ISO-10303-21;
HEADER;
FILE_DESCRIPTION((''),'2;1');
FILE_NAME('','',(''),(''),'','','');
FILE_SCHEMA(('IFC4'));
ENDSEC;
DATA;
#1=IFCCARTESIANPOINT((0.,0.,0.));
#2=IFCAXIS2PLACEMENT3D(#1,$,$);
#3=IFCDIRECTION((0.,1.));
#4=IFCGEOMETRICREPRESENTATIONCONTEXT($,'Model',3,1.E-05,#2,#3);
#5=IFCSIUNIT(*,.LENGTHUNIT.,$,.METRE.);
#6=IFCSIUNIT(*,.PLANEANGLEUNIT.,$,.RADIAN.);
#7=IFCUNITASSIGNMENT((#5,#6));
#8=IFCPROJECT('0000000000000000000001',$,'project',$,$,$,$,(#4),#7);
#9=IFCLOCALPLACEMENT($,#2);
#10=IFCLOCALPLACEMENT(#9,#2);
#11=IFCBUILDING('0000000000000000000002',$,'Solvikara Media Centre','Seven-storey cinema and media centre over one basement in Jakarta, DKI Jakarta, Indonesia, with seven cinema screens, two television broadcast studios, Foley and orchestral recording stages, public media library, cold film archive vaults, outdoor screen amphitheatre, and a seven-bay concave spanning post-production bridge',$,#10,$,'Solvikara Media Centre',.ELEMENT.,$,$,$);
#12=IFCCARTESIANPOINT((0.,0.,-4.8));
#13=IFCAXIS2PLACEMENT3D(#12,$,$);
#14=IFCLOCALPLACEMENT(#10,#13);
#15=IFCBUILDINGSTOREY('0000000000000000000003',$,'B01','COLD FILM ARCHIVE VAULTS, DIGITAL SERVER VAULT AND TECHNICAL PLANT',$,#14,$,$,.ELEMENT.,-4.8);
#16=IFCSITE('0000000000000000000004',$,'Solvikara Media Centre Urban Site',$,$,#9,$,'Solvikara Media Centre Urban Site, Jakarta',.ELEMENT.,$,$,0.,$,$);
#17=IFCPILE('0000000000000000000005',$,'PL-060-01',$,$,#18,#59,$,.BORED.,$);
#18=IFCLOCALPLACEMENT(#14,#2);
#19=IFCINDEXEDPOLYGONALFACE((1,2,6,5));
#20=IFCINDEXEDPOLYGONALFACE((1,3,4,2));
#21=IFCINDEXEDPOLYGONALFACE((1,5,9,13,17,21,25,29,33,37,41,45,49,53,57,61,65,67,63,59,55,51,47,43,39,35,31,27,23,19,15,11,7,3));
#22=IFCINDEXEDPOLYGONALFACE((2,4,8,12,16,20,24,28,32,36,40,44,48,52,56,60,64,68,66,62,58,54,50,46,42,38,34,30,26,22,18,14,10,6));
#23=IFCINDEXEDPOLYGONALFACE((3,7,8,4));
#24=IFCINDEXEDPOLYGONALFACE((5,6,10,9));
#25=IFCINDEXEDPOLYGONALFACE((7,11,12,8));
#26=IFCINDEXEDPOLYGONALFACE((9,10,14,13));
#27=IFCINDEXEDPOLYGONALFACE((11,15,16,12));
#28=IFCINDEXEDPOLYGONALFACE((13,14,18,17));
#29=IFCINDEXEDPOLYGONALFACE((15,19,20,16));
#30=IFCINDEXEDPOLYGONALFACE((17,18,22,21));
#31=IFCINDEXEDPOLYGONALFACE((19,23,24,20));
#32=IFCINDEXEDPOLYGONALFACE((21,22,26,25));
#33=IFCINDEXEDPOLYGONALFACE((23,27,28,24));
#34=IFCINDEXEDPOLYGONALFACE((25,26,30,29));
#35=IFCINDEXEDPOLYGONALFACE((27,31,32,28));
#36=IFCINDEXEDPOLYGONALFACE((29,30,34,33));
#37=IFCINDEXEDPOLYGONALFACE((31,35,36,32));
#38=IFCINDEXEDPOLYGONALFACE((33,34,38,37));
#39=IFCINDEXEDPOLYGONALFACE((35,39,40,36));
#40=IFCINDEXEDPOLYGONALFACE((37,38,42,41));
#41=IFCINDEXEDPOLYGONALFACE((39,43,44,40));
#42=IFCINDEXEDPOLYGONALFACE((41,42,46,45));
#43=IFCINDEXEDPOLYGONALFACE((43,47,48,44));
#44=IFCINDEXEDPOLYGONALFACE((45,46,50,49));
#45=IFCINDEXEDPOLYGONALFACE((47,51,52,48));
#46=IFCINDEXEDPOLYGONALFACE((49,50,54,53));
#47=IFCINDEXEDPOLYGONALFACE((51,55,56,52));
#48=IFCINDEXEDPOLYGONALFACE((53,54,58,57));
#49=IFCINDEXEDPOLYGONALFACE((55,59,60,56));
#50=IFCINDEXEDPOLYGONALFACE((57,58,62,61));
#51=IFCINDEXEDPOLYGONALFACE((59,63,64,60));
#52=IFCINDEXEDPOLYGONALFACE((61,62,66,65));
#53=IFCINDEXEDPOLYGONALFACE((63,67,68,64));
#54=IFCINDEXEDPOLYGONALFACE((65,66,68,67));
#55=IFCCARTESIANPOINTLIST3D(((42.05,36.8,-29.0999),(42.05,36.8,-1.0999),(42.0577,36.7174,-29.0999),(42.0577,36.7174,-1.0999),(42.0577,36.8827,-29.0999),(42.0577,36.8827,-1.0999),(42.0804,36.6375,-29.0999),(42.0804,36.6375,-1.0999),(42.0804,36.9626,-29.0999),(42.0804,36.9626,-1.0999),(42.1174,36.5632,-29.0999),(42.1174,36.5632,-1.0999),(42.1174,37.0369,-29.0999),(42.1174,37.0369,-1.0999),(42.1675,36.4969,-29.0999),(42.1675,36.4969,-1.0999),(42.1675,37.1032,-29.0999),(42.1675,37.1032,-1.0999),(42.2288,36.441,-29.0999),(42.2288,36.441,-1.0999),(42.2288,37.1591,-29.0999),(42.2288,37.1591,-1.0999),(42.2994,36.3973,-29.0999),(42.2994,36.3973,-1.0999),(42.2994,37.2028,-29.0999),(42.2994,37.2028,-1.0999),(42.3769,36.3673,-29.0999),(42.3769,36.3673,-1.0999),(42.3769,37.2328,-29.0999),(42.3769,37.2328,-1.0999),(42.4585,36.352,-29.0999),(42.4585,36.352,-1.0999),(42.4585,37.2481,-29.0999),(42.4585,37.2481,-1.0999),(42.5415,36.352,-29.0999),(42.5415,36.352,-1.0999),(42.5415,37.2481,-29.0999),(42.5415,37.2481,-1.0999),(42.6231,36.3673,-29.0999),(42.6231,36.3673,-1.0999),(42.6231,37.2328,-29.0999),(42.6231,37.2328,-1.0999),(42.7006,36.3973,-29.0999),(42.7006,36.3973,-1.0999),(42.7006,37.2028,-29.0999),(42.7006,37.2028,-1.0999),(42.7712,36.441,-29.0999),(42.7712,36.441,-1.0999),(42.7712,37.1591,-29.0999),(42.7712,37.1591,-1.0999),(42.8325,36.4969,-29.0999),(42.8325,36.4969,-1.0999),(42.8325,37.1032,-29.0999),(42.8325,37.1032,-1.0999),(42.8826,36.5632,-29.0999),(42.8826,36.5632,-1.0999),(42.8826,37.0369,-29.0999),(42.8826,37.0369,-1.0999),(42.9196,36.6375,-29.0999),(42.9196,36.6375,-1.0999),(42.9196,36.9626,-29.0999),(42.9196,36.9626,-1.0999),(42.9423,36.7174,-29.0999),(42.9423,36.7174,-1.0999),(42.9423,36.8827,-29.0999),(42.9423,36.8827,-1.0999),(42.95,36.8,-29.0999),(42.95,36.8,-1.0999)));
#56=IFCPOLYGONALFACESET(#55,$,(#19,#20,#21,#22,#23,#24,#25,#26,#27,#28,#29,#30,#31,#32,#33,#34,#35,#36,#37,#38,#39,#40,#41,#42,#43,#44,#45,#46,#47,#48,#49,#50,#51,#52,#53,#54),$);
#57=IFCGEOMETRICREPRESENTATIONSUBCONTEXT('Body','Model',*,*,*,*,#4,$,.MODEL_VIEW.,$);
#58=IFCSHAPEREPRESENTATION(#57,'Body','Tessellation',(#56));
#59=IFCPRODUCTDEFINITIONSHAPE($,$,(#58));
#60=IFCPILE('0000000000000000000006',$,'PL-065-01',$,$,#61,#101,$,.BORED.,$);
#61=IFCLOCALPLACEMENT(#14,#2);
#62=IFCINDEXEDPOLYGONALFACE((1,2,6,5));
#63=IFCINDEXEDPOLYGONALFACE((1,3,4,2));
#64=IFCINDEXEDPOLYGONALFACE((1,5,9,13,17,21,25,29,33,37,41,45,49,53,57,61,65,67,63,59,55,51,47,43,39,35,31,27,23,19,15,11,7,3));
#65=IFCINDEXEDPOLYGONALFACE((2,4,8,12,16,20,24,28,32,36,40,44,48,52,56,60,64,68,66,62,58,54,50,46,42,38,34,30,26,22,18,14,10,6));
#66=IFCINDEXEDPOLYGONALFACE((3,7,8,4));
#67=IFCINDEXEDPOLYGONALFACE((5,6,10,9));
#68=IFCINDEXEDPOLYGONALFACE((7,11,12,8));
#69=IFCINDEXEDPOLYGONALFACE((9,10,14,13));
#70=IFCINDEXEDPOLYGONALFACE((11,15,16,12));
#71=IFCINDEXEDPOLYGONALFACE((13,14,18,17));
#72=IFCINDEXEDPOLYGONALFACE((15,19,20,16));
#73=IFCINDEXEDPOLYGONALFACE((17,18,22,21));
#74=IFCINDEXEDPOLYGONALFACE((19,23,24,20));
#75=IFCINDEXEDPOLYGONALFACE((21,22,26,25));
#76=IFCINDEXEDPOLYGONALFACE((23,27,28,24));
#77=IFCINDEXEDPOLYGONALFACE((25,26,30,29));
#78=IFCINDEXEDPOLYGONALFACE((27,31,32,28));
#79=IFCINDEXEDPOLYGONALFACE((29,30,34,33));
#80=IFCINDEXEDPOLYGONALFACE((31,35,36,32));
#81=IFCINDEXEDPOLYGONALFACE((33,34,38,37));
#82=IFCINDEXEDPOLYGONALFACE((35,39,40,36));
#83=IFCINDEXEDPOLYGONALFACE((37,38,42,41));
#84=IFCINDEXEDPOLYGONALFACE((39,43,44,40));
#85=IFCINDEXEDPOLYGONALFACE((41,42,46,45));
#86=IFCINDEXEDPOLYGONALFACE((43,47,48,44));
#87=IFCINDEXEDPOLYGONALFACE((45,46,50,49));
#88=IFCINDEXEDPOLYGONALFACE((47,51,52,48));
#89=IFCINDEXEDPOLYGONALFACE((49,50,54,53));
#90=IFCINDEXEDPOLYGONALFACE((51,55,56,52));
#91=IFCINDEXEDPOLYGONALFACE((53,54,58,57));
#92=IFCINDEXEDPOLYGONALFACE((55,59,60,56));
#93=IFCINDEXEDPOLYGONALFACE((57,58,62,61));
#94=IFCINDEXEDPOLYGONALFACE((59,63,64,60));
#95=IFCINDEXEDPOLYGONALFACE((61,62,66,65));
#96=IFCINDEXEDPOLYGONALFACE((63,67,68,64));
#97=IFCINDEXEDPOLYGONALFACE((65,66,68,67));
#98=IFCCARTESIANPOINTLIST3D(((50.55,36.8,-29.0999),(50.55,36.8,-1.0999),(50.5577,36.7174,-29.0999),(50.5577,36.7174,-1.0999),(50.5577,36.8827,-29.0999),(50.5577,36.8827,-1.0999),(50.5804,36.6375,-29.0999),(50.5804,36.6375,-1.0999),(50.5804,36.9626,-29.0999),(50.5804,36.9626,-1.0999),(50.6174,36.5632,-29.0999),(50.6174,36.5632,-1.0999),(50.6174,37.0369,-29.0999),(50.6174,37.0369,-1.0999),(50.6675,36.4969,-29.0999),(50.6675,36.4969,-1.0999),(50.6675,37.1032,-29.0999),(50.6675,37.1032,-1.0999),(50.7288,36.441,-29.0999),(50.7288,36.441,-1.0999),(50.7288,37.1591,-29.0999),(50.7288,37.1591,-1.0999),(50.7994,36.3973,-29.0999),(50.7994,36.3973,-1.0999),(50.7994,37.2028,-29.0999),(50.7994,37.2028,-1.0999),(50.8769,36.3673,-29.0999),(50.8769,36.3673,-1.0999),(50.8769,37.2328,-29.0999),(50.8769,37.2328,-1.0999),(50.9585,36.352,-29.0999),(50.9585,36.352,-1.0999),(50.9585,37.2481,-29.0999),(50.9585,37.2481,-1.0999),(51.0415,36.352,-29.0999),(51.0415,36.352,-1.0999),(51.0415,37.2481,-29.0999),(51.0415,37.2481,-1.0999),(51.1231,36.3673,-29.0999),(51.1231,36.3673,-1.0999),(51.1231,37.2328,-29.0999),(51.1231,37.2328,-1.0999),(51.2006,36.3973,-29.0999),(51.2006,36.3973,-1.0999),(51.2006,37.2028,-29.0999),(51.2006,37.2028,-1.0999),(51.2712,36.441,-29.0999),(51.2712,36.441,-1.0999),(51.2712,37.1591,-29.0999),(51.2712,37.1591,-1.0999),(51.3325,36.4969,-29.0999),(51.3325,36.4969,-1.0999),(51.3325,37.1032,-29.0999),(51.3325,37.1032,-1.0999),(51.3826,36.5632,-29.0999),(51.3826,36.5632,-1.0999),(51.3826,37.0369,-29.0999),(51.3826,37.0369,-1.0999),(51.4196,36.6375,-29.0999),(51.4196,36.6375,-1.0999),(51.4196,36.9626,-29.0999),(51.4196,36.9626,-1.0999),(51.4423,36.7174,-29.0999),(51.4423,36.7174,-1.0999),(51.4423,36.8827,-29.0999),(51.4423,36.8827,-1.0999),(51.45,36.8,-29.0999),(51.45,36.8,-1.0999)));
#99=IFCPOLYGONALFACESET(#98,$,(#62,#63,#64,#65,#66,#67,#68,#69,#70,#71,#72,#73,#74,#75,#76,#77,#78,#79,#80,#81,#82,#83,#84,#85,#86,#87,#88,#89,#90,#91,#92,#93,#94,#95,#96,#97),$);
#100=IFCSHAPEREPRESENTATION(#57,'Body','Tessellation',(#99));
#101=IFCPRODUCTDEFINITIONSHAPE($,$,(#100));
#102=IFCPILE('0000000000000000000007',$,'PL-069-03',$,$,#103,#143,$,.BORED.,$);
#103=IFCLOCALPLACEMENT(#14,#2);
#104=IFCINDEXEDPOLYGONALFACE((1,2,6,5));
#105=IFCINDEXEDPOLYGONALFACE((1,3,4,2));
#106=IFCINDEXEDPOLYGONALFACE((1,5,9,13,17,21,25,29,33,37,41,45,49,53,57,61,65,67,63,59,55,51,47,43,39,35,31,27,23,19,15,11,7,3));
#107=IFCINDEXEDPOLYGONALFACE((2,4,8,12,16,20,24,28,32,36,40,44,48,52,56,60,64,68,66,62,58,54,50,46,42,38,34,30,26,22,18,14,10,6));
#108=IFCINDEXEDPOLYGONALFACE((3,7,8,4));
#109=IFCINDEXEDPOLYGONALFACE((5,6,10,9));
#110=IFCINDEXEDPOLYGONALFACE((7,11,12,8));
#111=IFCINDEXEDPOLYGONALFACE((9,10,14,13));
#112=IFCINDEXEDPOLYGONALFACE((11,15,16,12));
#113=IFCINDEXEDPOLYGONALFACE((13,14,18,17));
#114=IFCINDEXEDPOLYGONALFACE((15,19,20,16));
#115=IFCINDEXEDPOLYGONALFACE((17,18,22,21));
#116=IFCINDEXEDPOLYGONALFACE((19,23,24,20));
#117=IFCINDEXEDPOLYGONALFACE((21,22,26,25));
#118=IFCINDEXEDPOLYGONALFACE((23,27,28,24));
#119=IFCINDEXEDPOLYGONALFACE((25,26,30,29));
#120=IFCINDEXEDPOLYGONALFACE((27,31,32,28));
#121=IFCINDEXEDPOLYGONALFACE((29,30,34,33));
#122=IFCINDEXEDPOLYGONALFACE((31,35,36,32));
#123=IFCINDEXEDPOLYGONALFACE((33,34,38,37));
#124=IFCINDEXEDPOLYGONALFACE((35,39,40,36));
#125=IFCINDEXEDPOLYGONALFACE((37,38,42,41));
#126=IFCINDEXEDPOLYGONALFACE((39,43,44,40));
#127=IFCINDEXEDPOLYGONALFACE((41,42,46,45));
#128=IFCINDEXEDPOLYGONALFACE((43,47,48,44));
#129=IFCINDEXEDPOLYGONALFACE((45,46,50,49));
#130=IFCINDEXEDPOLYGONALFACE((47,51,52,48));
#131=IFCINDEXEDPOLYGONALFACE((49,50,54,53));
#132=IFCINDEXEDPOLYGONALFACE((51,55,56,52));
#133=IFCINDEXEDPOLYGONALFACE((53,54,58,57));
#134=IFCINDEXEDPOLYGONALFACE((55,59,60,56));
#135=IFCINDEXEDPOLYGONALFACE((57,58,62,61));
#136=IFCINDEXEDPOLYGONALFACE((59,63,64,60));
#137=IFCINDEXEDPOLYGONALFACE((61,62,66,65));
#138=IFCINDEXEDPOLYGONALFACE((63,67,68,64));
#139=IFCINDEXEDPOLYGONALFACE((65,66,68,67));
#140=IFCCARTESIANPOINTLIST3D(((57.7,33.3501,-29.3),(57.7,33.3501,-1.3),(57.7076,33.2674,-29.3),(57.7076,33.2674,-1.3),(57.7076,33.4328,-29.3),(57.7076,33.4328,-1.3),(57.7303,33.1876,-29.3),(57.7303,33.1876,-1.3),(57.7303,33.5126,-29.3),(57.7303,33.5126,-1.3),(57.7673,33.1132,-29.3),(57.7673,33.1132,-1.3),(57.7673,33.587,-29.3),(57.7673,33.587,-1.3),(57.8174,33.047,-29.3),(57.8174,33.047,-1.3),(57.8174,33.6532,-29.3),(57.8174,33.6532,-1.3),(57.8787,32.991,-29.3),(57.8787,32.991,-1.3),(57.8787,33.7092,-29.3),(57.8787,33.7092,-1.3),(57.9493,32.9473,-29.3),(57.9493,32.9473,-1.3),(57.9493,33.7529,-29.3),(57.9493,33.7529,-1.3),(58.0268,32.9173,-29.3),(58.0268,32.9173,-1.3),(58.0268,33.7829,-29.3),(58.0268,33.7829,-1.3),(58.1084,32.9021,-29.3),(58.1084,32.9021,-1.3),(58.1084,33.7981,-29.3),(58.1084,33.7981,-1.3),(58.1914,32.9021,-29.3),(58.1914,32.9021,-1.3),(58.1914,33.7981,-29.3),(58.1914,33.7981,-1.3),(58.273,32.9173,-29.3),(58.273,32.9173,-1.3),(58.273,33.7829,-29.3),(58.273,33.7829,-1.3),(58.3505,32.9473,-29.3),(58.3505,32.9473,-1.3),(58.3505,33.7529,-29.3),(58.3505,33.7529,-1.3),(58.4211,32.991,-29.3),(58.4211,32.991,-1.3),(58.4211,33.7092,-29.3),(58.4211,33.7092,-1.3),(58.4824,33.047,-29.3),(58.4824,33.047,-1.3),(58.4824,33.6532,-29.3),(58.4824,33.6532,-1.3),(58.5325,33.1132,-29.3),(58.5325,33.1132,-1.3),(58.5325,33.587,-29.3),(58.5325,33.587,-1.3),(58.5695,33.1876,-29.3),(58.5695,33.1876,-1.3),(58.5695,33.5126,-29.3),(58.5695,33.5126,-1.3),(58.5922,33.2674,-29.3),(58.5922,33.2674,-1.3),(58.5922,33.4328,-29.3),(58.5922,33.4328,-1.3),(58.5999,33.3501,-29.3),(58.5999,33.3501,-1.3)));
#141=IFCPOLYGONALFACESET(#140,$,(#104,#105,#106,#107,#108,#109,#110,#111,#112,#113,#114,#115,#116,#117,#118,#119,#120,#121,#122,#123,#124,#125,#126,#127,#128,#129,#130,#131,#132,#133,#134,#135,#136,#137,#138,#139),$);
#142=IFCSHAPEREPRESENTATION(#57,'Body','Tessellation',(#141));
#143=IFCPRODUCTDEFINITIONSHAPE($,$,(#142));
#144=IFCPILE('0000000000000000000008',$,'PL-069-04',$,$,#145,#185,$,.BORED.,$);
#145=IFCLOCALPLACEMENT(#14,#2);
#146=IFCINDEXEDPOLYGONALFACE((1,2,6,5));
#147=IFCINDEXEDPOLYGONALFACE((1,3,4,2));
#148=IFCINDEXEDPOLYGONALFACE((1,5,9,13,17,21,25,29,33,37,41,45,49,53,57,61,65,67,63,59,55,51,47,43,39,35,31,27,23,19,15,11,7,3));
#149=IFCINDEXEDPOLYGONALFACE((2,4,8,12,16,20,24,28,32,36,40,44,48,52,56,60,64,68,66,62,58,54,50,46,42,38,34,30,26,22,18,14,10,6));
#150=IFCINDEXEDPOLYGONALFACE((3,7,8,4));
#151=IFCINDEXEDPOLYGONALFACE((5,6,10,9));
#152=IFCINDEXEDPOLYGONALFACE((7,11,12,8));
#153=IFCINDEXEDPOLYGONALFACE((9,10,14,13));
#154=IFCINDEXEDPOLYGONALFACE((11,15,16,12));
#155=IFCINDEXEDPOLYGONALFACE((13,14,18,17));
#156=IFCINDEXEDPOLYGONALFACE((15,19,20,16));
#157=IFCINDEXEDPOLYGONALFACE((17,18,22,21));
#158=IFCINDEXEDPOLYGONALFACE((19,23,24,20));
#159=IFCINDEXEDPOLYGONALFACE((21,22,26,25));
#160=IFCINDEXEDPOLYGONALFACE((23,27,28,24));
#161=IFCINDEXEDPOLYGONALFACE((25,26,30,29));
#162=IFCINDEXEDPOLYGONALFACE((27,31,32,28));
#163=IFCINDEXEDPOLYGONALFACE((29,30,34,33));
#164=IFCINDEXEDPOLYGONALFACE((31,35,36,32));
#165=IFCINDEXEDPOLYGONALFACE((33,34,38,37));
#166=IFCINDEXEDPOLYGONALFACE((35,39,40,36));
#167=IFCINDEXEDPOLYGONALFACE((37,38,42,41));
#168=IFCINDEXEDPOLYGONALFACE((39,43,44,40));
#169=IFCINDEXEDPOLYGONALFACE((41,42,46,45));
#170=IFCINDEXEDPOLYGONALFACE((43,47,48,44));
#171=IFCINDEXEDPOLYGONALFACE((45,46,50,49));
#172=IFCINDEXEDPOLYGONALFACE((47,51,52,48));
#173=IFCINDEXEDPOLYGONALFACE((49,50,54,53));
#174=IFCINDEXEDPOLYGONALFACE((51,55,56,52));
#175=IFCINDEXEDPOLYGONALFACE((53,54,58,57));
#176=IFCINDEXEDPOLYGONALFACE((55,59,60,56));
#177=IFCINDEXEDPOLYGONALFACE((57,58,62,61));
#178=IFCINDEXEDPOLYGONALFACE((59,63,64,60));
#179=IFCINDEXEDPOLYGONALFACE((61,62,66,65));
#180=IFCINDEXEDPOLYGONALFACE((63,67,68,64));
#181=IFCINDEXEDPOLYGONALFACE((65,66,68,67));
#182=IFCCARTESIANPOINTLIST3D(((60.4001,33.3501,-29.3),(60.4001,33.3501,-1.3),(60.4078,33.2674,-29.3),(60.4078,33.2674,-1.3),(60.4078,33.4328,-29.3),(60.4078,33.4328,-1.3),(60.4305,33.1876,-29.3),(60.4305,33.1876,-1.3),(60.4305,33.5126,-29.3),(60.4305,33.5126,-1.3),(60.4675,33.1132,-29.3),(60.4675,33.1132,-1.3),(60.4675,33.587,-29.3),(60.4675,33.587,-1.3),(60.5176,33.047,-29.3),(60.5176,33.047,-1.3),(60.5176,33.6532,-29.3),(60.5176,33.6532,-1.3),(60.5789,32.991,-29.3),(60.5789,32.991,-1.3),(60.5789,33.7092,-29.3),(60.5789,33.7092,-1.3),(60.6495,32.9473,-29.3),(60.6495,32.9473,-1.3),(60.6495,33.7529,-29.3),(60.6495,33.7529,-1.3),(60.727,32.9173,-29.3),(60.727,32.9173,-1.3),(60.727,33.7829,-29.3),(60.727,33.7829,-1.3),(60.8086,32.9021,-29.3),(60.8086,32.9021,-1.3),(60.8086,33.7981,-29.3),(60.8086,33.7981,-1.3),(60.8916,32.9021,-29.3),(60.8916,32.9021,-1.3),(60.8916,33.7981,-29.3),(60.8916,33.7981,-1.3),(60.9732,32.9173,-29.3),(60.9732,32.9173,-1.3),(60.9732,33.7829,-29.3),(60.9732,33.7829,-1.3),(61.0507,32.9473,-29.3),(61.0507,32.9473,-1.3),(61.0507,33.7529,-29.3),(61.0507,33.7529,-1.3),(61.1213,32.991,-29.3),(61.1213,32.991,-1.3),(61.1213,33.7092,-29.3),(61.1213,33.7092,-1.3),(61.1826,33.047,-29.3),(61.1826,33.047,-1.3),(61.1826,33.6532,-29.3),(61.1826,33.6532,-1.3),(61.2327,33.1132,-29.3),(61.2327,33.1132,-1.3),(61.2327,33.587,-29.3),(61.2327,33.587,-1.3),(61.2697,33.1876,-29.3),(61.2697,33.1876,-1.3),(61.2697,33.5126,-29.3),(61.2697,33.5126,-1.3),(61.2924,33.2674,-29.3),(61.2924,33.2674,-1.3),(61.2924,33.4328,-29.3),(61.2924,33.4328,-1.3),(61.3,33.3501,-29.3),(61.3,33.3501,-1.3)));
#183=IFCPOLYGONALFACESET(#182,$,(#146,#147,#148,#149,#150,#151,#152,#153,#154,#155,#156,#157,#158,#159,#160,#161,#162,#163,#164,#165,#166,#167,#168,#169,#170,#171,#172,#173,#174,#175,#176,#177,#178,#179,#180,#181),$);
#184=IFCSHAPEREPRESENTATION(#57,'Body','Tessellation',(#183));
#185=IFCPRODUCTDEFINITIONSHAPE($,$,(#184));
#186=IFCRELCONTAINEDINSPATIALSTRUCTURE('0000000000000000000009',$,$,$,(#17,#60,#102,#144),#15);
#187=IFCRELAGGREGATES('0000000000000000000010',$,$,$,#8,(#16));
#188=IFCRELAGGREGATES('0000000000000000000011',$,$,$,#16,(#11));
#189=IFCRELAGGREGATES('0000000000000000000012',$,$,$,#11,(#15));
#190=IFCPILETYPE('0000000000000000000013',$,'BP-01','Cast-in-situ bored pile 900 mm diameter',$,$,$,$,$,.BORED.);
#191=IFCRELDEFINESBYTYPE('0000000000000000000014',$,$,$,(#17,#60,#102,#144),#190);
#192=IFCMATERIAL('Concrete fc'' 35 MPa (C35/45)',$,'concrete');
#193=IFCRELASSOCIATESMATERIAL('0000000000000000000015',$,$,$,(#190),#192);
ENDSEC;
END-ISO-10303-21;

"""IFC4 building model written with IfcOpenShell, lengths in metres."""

from ifc_helpers import new_model, si_unit, direction, frame, origin, origin_2d, place, context, subcontext, project, spatial, circle, extrude, material, material_profile, profile_set, type_object, element, save


model = new_model("IFC4")

# Units and contexts
model_context = context("Model", 3, precision=1e-05, world=origin(), true_north=direction((0.0, 1.0)))
body_context = subcontext(model_context, "Body", "Model", "MODEL_VIEW")
ifc_project = project(units=[si_unit("LENGTHUNIT", "METRE"), si_unit("PLANEANGLEUNIT", "RADIAN")], contexts=[model_context])

# Site, building, storey
site_placement = place(None, origin())
site = spatial("IfcSite", under=ifc_project, at=site_placement, Name="Solvikara Media Centre Urban Site", LongName="Solvikara Media Centre Urban Site, Jakarta", CompositionType="ELEMENT", RefElevation=0.0)
building_placement = place(site_placement, origin())
building = spatial("IfcBuilding", under=site, at=building_placement, Name="Solvikara Media Centre", Description="Seven-storey cinema and media centre over one basement in Jakarta, DKI Jakarta, Indonesia, with seven cinema screens, two television broadcast studios, Foley and orchestral recording stages, public media library, cold film archive vaults, outdoor screen amphitheatre, and a seven-bay concave spanning post-production bridge", LongName="Solvikara Media Centre", CompositionType="ELEMENT")
storey_placement = place(building_placement, frame((0.0, 0.0, -4.8)))
storey = spatial("IfcBuildingStorey", under=building, at=storey_placement, Name="B01", Description="COLD FILM ARCHIVE VAULTS, DIGITAL SERVER VAULT AND TECHNICAL PLANT", CompositionType="ELEMENT", Elevation=-4.8)

# Piles
ifc_material_1 = material(Name="Concrete fc' 35 MPa (C35/45)", Category="concrete")
ifc_material_profile_1 = material_profile(ifc_material_1, circle(Radius=0.45, at=origin_2d()), Name="BORED PILE D900")
ifc_profile_set_1 = profile_set([ifc_material_profile_1], Name="Concrete fc' 35 MPa (C35/45)")
pile_type_1 = type_object("IfcPileType", Name="BP-01", Description="Cast-in-situ bored pile 900 mm diameter", PredefinedType="BORED", material=ifc_profile_set_1)
for number, where, z_axis, x_axis, name in (
    (1, (42.5, 36.8, -1.0999), (0.0, 0.0, -1.0), (1.0, 0.0, 0.0), "PL-060-01"),
    (2, (51.0, 36.8, -1.0999), (0.0, 0.0, -1.0), (1.0, 0.0, 0.0), "PL-065-01"),
    (3, (58.1499, 33.3501, -1.3), (0.0, 0.0, -1.0), (1.0, 0.0, 0.0), "PL-069-03"),
    (4, (60.8501, 33.3501, -1.3), (0.0, 0.0, -1.0), (1.0, 0.0, 0.0), "PL-069-04"),
):
    element("IfcPile", number, at=place(storey_placement, frame(where, z_axis=z_axis, x_axis=x_axis)), inside=storey, type_object=pile_type_1, Name=name, PredefinedType="BORED", context=body_context, shape_type="SweptSolid", body=[
        extrude(circle(Radius=0.45, at=origin_2d()), origin(), (0.0, 0.0, 1.0), 28.0),
    ])

save(model, "model.ifc")
